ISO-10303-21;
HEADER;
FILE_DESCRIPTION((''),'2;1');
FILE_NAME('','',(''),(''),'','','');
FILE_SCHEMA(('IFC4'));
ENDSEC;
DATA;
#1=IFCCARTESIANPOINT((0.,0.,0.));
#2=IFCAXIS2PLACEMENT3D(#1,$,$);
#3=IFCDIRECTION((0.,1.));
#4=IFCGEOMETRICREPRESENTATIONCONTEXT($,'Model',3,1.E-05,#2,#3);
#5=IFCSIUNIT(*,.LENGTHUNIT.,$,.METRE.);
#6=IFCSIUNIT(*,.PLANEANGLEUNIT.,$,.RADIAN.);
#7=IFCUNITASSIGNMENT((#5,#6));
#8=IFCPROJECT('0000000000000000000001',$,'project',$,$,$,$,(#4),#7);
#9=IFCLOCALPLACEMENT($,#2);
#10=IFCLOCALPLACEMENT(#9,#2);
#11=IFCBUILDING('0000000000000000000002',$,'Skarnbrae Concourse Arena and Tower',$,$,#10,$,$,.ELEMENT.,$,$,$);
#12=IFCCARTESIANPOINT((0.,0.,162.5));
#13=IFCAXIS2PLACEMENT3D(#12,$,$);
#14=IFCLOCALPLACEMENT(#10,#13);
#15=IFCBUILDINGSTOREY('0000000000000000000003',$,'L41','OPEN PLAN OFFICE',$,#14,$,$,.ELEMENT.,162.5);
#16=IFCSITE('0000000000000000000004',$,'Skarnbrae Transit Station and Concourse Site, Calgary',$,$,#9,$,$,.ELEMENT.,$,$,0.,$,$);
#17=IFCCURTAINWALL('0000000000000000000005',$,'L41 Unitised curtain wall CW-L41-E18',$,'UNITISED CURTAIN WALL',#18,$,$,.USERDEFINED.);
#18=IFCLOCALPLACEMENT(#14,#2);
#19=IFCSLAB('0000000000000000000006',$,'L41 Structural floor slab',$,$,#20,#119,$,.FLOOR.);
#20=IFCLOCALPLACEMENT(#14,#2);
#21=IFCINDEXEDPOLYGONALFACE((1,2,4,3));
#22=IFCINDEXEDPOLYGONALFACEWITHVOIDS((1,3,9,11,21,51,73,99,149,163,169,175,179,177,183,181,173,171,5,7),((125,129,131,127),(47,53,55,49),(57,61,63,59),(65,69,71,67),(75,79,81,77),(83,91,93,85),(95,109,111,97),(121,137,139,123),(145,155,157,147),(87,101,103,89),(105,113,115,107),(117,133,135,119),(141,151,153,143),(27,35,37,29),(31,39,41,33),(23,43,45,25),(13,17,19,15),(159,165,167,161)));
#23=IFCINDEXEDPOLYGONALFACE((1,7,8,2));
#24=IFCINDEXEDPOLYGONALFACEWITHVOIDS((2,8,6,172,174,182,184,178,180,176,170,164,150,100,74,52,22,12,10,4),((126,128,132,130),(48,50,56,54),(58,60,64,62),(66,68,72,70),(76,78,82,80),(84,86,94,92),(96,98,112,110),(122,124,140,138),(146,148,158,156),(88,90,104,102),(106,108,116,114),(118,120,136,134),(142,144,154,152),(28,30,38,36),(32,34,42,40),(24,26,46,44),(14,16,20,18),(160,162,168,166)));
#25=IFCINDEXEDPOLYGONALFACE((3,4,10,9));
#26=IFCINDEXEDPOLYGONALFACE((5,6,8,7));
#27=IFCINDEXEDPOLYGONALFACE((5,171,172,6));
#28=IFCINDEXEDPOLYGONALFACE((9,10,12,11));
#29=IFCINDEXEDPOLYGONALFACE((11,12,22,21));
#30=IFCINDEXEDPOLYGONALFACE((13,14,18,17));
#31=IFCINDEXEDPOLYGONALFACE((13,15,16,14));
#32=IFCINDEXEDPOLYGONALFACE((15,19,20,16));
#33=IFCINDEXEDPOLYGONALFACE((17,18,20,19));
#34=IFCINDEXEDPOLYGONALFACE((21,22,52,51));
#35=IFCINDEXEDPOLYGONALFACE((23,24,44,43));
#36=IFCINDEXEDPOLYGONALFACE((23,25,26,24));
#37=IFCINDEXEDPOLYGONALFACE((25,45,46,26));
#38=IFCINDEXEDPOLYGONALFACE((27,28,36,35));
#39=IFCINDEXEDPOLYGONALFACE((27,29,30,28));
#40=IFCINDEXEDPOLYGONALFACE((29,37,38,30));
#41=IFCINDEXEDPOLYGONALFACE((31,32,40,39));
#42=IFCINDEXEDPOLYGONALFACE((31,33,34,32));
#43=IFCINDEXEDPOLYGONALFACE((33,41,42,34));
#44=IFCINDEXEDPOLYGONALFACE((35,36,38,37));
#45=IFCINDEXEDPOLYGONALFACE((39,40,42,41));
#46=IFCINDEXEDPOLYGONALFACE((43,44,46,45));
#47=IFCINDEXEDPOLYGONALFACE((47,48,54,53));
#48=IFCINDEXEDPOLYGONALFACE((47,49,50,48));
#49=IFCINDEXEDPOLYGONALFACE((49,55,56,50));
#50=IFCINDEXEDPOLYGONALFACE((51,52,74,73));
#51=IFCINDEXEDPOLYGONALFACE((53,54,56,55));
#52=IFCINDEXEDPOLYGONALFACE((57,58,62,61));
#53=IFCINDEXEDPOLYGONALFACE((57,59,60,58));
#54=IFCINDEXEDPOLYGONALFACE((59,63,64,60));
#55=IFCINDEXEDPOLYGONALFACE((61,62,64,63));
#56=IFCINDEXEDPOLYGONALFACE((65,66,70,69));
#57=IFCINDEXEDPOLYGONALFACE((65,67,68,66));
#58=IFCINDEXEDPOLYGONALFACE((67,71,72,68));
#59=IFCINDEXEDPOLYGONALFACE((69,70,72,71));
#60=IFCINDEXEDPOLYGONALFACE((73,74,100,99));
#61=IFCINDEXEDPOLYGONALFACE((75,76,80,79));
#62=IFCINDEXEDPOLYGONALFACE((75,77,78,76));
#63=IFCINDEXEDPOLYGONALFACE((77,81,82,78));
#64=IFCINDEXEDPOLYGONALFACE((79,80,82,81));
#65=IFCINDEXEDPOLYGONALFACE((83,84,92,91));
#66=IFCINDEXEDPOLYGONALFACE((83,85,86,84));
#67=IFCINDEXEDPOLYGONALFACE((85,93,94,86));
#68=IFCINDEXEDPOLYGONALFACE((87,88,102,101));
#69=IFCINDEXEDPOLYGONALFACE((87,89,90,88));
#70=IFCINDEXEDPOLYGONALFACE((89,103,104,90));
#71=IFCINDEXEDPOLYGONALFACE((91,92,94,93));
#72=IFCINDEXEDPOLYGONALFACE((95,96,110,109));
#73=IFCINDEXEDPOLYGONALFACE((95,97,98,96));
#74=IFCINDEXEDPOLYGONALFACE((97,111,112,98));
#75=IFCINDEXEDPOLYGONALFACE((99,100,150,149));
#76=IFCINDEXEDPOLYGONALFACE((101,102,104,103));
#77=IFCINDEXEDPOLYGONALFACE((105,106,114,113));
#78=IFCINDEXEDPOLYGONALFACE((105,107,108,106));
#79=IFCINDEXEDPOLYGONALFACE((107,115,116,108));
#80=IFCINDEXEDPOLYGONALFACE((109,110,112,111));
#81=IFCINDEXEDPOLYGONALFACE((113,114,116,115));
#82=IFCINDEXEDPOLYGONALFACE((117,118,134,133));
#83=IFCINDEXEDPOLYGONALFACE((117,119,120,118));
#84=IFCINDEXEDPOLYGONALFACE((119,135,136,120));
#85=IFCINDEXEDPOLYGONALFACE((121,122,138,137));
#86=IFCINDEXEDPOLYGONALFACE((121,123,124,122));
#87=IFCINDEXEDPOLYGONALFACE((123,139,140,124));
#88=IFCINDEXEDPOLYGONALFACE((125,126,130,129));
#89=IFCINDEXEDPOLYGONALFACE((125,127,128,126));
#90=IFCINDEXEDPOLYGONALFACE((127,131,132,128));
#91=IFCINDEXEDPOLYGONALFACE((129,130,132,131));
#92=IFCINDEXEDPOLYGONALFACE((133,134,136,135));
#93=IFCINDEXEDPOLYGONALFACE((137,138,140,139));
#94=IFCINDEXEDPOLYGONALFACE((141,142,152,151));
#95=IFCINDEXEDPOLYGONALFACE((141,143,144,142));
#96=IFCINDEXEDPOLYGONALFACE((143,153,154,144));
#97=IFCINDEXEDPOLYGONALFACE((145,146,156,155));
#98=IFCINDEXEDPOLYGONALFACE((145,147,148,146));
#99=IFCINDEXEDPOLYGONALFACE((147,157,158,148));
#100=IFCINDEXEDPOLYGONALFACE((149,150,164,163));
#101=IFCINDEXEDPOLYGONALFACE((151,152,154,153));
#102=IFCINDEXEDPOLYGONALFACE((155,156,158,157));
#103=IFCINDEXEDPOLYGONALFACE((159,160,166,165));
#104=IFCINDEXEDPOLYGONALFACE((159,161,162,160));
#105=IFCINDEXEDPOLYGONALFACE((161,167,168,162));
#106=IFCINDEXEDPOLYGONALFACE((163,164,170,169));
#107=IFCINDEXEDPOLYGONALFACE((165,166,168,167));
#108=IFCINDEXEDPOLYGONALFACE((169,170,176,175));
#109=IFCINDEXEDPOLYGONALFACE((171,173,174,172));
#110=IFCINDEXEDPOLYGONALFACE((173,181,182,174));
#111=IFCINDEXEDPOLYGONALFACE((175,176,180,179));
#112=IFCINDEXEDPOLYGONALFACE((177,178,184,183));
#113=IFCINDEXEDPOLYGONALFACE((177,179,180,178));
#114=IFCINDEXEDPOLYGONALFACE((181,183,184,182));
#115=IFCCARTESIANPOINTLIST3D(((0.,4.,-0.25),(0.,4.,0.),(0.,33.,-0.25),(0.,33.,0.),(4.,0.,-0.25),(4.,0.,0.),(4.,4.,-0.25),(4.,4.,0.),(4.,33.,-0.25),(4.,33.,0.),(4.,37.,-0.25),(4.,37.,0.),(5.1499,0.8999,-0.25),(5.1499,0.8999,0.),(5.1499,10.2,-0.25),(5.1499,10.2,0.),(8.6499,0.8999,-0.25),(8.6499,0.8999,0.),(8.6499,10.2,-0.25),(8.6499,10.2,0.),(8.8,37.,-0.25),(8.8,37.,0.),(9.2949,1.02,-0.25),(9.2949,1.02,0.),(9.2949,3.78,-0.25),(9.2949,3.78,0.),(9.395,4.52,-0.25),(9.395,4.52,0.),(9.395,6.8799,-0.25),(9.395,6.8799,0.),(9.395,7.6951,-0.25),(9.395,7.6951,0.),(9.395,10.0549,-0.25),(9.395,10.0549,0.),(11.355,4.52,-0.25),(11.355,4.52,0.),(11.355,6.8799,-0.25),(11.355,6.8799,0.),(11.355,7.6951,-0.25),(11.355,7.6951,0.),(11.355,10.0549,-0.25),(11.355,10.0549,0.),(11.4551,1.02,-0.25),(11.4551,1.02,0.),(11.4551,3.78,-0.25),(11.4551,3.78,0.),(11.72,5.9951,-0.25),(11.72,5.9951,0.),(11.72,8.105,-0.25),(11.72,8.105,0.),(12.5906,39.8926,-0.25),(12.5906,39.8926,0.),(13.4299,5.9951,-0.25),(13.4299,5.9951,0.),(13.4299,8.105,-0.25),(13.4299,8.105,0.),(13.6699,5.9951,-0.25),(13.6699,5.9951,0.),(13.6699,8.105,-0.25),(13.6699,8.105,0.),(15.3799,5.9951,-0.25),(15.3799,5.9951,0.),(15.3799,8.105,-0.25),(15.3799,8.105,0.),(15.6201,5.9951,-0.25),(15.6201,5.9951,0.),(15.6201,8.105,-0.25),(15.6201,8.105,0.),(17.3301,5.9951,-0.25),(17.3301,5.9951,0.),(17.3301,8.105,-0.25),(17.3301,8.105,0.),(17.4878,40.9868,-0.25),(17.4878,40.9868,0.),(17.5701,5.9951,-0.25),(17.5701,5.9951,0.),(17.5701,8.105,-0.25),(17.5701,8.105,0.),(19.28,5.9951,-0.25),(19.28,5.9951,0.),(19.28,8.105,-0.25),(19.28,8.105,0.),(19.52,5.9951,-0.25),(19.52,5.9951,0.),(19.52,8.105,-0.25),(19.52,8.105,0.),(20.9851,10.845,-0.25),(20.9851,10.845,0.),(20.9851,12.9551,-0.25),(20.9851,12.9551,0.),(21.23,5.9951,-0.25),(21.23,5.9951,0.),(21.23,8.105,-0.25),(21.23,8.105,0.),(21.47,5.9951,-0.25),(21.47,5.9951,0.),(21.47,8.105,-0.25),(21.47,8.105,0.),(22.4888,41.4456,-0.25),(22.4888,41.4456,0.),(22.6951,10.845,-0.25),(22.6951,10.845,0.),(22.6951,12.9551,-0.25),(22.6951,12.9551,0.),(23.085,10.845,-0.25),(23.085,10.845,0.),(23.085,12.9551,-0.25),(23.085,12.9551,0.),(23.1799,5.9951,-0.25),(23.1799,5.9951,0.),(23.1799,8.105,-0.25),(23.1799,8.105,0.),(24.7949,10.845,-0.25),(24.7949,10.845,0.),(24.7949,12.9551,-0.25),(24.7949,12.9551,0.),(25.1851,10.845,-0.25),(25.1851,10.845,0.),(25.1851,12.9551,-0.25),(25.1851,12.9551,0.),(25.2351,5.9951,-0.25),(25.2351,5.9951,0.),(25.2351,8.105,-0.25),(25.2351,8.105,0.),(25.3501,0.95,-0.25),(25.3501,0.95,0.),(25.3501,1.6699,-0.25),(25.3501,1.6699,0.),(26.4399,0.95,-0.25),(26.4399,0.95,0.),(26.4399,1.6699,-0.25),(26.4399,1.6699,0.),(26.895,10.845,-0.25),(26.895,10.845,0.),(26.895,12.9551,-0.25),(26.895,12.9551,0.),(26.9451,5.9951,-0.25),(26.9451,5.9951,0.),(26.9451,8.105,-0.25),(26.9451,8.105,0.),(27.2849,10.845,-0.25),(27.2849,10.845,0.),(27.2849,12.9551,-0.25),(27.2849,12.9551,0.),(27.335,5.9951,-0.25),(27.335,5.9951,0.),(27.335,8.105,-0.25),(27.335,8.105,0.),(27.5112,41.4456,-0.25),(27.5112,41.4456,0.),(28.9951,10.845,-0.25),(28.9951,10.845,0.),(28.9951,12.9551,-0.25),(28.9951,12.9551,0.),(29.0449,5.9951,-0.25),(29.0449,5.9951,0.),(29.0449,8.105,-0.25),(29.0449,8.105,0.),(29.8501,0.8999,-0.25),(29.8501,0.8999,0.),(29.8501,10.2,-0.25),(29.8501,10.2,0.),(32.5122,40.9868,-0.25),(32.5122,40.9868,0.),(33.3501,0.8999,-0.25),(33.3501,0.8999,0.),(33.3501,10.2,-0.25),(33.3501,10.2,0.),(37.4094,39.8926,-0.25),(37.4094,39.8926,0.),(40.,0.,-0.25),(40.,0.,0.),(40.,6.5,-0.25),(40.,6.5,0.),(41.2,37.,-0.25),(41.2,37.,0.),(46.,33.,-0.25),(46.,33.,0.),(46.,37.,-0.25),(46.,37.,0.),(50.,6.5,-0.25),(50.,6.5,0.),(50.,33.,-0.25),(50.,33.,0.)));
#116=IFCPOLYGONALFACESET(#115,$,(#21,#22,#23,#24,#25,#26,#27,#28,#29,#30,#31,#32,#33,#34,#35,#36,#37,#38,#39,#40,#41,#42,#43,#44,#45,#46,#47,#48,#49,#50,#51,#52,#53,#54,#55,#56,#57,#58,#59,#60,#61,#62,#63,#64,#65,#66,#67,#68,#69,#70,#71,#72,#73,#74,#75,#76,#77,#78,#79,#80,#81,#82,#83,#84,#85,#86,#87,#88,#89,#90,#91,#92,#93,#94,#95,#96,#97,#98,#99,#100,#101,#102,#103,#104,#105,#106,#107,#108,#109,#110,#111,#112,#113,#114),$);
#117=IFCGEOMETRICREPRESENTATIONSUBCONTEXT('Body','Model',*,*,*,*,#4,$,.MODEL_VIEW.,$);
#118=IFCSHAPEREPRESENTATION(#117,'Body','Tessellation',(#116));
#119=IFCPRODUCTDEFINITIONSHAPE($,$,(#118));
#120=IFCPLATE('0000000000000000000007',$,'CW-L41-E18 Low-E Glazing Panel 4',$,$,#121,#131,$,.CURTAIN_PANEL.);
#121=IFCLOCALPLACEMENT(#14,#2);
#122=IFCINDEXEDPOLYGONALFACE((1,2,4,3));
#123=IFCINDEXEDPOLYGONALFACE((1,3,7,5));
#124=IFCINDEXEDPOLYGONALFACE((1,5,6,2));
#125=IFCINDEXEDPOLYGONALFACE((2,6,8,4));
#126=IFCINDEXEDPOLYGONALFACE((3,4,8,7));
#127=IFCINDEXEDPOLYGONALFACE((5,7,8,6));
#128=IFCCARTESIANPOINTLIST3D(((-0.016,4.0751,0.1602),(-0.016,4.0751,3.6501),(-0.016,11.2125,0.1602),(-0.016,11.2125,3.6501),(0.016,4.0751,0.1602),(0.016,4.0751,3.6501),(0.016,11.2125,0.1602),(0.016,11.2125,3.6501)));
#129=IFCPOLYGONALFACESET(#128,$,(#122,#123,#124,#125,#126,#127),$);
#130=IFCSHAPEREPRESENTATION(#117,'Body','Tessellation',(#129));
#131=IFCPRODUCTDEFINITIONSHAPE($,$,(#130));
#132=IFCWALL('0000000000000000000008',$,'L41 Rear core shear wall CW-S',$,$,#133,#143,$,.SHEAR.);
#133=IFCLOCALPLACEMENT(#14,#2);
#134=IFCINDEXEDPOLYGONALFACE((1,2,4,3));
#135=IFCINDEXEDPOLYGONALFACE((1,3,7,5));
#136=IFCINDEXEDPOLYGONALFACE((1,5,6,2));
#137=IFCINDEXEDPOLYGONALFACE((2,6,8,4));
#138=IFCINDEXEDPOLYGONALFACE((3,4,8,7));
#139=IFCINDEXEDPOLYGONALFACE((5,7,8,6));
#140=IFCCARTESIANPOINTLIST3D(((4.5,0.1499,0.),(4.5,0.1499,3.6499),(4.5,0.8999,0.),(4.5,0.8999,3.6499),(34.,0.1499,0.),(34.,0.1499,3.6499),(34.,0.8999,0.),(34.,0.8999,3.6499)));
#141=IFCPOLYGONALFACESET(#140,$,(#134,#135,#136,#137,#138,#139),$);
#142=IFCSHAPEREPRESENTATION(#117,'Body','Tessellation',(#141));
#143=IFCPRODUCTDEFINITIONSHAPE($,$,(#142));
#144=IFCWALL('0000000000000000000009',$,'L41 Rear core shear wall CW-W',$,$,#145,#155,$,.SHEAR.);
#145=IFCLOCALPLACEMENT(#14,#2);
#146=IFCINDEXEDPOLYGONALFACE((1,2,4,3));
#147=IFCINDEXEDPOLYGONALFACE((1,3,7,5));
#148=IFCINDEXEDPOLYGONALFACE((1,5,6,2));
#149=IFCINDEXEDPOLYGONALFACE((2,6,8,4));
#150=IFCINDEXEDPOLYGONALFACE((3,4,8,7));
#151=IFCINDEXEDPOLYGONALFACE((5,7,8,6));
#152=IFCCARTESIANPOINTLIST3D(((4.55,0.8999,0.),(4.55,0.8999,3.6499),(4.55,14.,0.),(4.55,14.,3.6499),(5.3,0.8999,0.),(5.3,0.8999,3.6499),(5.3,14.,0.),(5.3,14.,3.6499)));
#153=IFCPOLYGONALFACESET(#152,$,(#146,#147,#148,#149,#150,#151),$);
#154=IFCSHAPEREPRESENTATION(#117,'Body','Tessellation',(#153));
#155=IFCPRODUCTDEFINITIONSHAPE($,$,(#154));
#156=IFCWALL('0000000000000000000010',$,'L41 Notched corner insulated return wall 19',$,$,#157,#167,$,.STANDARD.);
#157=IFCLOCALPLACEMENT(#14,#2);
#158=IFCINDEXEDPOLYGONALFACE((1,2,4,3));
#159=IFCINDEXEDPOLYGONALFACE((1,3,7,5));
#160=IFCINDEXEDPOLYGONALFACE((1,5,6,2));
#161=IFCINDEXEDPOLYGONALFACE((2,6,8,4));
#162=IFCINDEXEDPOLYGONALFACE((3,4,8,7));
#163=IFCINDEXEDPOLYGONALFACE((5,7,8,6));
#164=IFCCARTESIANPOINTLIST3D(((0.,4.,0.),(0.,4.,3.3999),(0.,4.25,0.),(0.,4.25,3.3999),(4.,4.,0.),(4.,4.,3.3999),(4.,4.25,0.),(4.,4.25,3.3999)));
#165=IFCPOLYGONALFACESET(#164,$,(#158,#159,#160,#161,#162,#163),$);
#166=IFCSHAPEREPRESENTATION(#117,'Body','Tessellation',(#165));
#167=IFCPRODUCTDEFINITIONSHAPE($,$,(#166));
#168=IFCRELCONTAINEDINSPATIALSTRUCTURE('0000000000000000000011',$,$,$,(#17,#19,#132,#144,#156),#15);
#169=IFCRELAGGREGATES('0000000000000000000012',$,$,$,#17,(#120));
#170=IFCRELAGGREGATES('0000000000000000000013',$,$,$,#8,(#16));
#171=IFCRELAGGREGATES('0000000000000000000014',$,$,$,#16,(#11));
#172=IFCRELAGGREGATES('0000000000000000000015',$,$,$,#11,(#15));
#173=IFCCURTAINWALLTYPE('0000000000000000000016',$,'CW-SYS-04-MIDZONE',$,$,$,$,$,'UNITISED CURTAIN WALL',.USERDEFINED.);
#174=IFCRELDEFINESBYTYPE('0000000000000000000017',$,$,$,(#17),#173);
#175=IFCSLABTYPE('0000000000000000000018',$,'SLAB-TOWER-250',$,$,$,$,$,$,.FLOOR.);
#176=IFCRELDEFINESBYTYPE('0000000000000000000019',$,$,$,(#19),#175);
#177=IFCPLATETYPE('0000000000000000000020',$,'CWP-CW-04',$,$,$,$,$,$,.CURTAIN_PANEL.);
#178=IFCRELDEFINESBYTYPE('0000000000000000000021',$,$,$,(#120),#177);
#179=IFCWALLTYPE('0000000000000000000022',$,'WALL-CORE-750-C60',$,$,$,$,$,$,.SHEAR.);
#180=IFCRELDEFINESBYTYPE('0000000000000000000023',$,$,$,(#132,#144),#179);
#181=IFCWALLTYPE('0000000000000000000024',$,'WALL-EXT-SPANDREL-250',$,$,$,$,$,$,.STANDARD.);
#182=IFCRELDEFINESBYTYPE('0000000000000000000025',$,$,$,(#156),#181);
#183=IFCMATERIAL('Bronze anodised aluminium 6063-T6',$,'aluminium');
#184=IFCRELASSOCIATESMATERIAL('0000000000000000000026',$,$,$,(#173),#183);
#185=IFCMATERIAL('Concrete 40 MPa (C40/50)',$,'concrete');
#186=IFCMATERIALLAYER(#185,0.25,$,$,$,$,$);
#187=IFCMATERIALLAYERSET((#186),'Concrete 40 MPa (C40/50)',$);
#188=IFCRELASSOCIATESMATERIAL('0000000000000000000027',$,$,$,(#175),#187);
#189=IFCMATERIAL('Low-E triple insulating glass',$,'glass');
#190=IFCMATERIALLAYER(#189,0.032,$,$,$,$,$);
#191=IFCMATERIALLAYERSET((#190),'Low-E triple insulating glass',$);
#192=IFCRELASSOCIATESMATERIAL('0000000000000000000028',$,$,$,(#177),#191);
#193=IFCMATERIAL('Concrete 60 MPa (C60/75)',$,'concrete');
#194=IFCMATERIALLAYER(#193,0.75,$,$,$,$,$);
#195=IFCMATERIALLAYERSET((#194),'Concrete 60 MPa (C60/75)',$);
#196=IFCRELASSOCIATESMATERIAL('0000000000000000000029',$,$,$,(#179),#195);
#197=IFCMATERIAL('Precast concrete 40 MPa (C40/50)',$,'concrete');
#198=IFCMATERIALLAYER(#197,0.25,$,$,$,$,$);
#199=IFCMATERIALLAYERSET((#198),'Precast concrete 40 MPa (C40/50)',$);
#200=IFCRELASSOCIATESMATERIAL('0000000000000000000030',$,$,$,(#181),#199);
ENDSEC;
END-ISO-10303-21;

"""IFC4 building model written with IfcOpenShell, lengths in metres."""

from ifc_helpers import new_model, si_unit, direction, frame, frame_2d, origin, origin_2d, place, context, subcontext, project, spatial, polyline, rectangle, outline, extrude, source, transform, mapped, material, layer, layer_set, type_object, element, aggregate, save


model = new_model("IFC4")

# Units and contexts
model_context = context("Model", 3, precision=1e-05, world=origin(), true_north=direction((0.0, 1.0)))
body_context = subcontext(model_context, "Body", "Model", "MODEL_VIEW")
ifc_project = project(units=[si_unit("LENGTHUNIT", "METRE"), si_unit("PLANEANGLEUNIT", "RADIAN")], contexts=[model_context])

# Site, building, storey
site_placement = place(None, origin())
site = spatial("IfcSite", under=ifc_project, at=site_placement, Name="Skarnbrae Transit Station and Concourse Site, Calgary", CompositionType="ELEMENT", RefElevation=0.0)
building_placement = place(site_placement, origin())
building = spatial("IfcBuilding", under=site, at=building_placement, Name="Skarnbrae Concourse Arena and Tower", CompositionType="ELEMENT")
storey_placement = place(building_placement, frame((0.0, 0.0, 162.5)))
storey = spatial("IfcBuildingStorey", under=building, at=storey_placement, Name="L41", Description="OPEN PLAN OFFICE", CompositionType="ELEMENT", Elevation=162.5)

# Curtain wall
ifc_material_1 = material(Name="Bronze anodised aluminium 6063-T6", Category="aluminium")
curtain_wall_type = type_object("IfcCurtainWallType", Name="CW-SYS-04-MIDZONE", ElementType="UNITISED CURTAIN WALL", PredefinedType="USERDEFINED", material=ifc_material_1)
curtain_wall_placement = place(storey_placement, origin())
curtain_wall = element("IfcCurtainWall", 1, at=curtain_wall_placement, inside=storey, type_object=curtain_wall_type, Name="L41 Unitised curtain wall CW-L41-E18", ObjectType="UNITISED CURTAIN WALL", PredefinedType="USERDEFINED")

# Shared definitions
ifc_material_2 = material(Name="Concrete 40 MPa (C40/50)", Category="concrete")

# Slab
ifc_layer_1 = layer(ifc_material_2, 0.25)
ifc_layer_set_1 = layer_set([ifc_layer_1], Name="Concrete 40 MPa (C40/50)")
slab_type_1 = type_object("IfcSlabType", Name="SLAB-TOWER-250", PredefinedType="FLOOR", material=ifc_layer_set_1)
slab_1_placement = place(storey_placement, frame((0.0, 0.0, -0.25)))
element("IfcSlab", 2, at=slab_1_placement, inside=storey, type_object=slab_type_1, Name="L41 Structural floor slab", PredefinedType="FLOOR", context=body_context, shape_type="SweptSolid", body=[
    extrude(outline(polyline([(4.0, 0.0), (40.0, 0.0), (40.0, 6.5), (50.0, 6.5), (50.0, 33.0), (46.0, 33.0), (46.0, 37.0), (41.2, 37.0), (37.4094, 39.8926), (32.5122, 40.9868), (27.5112, 41.4456), (22.4888, 41.4456), (17.4878, 40.9868), (12.5906, 39.8926), (8.8, 37.0), (4.0, 37.0), (4.0, 33.0), (0.0, 33.0), (0.0, 4.0), (4.0, 4.0), (4.0, 0.0)]), holes=[polyline([(9.2949, 3.78), (11.4551, 3.78), (11.4551, 1.02), (9.2949, 1.02), (9.2949, 3.78)]), polyline([(8.6499, 10.2), (8.6499, 0.8999), (5.1499, 0.8999), (5.1499, 10.2), (8.6499, 10.2)]), polyline([(9.395, 6.8799), (11.355, 6.8799), (11.355, 4.52), (9.395, 4.52), (9.395, 6.8799)]), polyline([(11.72, 8.105), (13.4299, 8.105), (13.4299, 5.9951), (11.72, 5.9951), (11.72, 8.105)]), polyline([(13.6699, 8.105), (15.3799, 8.105), (15.3799, 5.9951), (13.6699, 5.9951), (13.6699, 8.105)]), polyline([(15.6201, 8.105), (17.3301, 8.105), (17.3301, 5.9951), (15.6201, 5.9951), (15.6201, 8.105)]), polyline([(17.5701, 8.105), (19.28, 8.105), (19.28, 5.9951), (17.5701, 5.9951), (17.5701, 8.105)]), polyline([(21.23, 8.105), (21.23, 5.9951), (19.52, 5.9951), (19.52, 8.105), (21.23, 8.105)]), polyline([(11.355, 10.0549), (11.355, 7.6951), (9.395, 7.6951), (9.395, 10.0549), (11.355, 10.0549)]), polyline([(25.3501, 1.6699), (26.4399, 1.6699), (26.4399, 0.95), (25.3501, 0.95), (25.3501, 1.6699)]), polyline([(33.3501, 10.2), (33.3501, 0.8999), (29.8501, 0.8999), (29.8501, 10.2), (33.3501, 10.2)]), polyline([(21.47, 8.105), (23.1799, 8.105), (23.1799, 5.9951), (21.47, 5.9951), (21.47, 8.105)]), polyline([(25.2351, 8.105), (26.9451, 8.105), (26.9451, 5.9951), (25.2351, 5.9951), (25.2351, 8.105)]), polyline([(27.335, 8.105), (29.0449, 8.105), (29.0449, 5.9951), (27.335, 5.9951), (27.335, 8.105)]), polyline([(20.9851, 12.9551), (22.6951, 12.9551), (22.6951, 10.845), (20.9851, 10.845), (20.9851, 12.9551)]), polyline([(23.085, 12.9551), (24.7949, 12.9551), (24.7949, 10.845), (23.085, 10.845), (23.085, 12.9551)]), polyline([(26.895, 12.9551), (26.895, 10.845), (25.1851, 10.845), (25.1851, 12.9551), (26.895, 12.9551)]), polyline([(28.9951, 12.9551), (28.9951, 10.845), (27.2849, 10.845), (27.2849, 12.9551), (28.9951, 12.9551)])]), origin(), (0.0, 0.0, 1.0), 0.25),
])

# Plate
ifc_material_3 = material(Name="Low-E triple insulating glass", Category="glass")
ifc_layer_2 = layer(ifc_material_3, 0.032)
ifc_layer_set_2 = layer_set([ifc_layer_2], Name="Low-E triple insulating glass")
plate_type = type_object("IfcPlateType", Name="CWP-CW-04", PredefinedType="CURTAIN_PANEL", material=ifc_layer_set_2)
shared_shape_1 = source(origin(), body_context, "Body", "SweptSolid", [
    extrude(rectangle(XDim=7.1375, YDim=0.032, at=origin_2d()), origin(), (0.0, 0.0, 1.0), 3.49),
])
plate_placement = place(storey_placement, frame((0.0, 7.6438, 0.1602), z_axis=(0.0, 0.0, 1.0), x_axis=(0.0, -1.0, 0.0)))
plate = element("IfcPlate", 3, at=plate_placement, type_object=plate_type, Name="CW-L41-E18 Low-E Glazing Panel 4", PredefinedType="CURTAIN_PANEL", context=body_context, shape_type="MappedRepresentation", body=[
    mapped(shared_shape_1, transform((0.0, 0.0, 0.0))),
])
aggregate(curtain_wall, [plate])

# Walls
ifc_material_4 = material(Name="Concrete 60 MPa (C60/75)", Category="concrete")
ifc_layer_3 = layer(ifc_material_4, 0.75)
ifc_layer_set_3 = layer_set([ifc_layer_3], Name="Concrete 60 MPa (C60/75)")
wall_type_1 = type_object("IfcWallType", Name="WALL-CORE-750-C60", PredefinedType="SHEAR", material=ifc_layer_set_3)
shared_shape_2 = source(origin(), body_context, "Body", "SweptSolid", [
    extrude(rectangle(XDim=29.5, YDim=0.75, at=frame_2d((14.75, 0.0))), origin(), (0.0, 0.0, 1.0), 3.6499),
])
wall_1_placement = place(storey_placement, frame((4.5, 0.5249, 0.0), z_axis=(0.0, 0.0, 1.0), x_axis=(1.0, 0.0, 0.0)))
element("IfcWall", 4, at=wall_1_placement, inside=storey, type_object=wall_type_1, Name="L41 Rear core shear wall CW-S", PredefinedType="SHEAR", context=body_context, shape_type="MappedRepresentation", body=[
    mapped(shared_shape_2, transform((0.0, 0.0, 0.0))),
])
shared_shape_3 = source(origin(), body_context, "Body", "SweptSolid", [
    extrude(rectangle(XDim=13.1001, YDim=0.75, at=frame_2d((6.55, 0.0))), origin(), (0.0, 0.0, 1.0), 3.6499),
])
wall_2_placement = place(storey_placement, frame((4.925, 0.8999, 0.0), z_axis=(0.0, 0.0, 1.0), x_axis=(0.0, 1.0, 0.0)))
element("IfcWall", 5, at=wall_2_placement, inside=storey, type_object=wall_type_1, Name="L41 Rear core shear wall CW-W", PredefinedType="SHEAR", context=body_context, shape_type="MappedRepresentation", body=[
    mapped(shared_shape_3, transform((0.0, 0.0, 0.0))),
])
ifc_material_5 = material(Name="Precast concrete 40 MPa (C40/50)", Category="concrete")
ifc_layer_4 = layer(ifc_material_5, 0.25)
ifc_layer_set_4 = layer_set([ifc_layer_4], Name="Precast concrete 40 MPa (C40/50)")
wall_type_2 = type_object("IfcWallType", Name="WALL-EXT-SPANDREL-250", PredefinedType="STANDARD", material=ifc_layer_set_4)
shared_shape_4 = source(origin(), body_context, "Body", "SweptSolid", [
    extrude(rectangle(XDim=4.0, YDim=0.25, at=frame_2d((2.0, 0.0))), origin(), (0.0, 0.0, 1.0), 3.3999),
])
for number, where, z_axis, x_axis, name in (
    (6, (0.0, 4.125, 0.0), (0.0, 0.0, 1.0), (1.0, 0.0, 0.0), "L41 Notched corner insulated return wall 19"),
):
    element("IfcWall", number, at=place(storey_placement, frame(where, z_axis=z_axis, x_axis=x_axis)), inside=storey, type_object=wall_type_2, Name=name, PredefinedType="STANDARD", context=body_context, shape_type="MappedRepresentation", body=[
        mapped(shared_shape_4, transform((0.0, 0.0, 0.0))),
    ])

save(model, "model.ifc")
